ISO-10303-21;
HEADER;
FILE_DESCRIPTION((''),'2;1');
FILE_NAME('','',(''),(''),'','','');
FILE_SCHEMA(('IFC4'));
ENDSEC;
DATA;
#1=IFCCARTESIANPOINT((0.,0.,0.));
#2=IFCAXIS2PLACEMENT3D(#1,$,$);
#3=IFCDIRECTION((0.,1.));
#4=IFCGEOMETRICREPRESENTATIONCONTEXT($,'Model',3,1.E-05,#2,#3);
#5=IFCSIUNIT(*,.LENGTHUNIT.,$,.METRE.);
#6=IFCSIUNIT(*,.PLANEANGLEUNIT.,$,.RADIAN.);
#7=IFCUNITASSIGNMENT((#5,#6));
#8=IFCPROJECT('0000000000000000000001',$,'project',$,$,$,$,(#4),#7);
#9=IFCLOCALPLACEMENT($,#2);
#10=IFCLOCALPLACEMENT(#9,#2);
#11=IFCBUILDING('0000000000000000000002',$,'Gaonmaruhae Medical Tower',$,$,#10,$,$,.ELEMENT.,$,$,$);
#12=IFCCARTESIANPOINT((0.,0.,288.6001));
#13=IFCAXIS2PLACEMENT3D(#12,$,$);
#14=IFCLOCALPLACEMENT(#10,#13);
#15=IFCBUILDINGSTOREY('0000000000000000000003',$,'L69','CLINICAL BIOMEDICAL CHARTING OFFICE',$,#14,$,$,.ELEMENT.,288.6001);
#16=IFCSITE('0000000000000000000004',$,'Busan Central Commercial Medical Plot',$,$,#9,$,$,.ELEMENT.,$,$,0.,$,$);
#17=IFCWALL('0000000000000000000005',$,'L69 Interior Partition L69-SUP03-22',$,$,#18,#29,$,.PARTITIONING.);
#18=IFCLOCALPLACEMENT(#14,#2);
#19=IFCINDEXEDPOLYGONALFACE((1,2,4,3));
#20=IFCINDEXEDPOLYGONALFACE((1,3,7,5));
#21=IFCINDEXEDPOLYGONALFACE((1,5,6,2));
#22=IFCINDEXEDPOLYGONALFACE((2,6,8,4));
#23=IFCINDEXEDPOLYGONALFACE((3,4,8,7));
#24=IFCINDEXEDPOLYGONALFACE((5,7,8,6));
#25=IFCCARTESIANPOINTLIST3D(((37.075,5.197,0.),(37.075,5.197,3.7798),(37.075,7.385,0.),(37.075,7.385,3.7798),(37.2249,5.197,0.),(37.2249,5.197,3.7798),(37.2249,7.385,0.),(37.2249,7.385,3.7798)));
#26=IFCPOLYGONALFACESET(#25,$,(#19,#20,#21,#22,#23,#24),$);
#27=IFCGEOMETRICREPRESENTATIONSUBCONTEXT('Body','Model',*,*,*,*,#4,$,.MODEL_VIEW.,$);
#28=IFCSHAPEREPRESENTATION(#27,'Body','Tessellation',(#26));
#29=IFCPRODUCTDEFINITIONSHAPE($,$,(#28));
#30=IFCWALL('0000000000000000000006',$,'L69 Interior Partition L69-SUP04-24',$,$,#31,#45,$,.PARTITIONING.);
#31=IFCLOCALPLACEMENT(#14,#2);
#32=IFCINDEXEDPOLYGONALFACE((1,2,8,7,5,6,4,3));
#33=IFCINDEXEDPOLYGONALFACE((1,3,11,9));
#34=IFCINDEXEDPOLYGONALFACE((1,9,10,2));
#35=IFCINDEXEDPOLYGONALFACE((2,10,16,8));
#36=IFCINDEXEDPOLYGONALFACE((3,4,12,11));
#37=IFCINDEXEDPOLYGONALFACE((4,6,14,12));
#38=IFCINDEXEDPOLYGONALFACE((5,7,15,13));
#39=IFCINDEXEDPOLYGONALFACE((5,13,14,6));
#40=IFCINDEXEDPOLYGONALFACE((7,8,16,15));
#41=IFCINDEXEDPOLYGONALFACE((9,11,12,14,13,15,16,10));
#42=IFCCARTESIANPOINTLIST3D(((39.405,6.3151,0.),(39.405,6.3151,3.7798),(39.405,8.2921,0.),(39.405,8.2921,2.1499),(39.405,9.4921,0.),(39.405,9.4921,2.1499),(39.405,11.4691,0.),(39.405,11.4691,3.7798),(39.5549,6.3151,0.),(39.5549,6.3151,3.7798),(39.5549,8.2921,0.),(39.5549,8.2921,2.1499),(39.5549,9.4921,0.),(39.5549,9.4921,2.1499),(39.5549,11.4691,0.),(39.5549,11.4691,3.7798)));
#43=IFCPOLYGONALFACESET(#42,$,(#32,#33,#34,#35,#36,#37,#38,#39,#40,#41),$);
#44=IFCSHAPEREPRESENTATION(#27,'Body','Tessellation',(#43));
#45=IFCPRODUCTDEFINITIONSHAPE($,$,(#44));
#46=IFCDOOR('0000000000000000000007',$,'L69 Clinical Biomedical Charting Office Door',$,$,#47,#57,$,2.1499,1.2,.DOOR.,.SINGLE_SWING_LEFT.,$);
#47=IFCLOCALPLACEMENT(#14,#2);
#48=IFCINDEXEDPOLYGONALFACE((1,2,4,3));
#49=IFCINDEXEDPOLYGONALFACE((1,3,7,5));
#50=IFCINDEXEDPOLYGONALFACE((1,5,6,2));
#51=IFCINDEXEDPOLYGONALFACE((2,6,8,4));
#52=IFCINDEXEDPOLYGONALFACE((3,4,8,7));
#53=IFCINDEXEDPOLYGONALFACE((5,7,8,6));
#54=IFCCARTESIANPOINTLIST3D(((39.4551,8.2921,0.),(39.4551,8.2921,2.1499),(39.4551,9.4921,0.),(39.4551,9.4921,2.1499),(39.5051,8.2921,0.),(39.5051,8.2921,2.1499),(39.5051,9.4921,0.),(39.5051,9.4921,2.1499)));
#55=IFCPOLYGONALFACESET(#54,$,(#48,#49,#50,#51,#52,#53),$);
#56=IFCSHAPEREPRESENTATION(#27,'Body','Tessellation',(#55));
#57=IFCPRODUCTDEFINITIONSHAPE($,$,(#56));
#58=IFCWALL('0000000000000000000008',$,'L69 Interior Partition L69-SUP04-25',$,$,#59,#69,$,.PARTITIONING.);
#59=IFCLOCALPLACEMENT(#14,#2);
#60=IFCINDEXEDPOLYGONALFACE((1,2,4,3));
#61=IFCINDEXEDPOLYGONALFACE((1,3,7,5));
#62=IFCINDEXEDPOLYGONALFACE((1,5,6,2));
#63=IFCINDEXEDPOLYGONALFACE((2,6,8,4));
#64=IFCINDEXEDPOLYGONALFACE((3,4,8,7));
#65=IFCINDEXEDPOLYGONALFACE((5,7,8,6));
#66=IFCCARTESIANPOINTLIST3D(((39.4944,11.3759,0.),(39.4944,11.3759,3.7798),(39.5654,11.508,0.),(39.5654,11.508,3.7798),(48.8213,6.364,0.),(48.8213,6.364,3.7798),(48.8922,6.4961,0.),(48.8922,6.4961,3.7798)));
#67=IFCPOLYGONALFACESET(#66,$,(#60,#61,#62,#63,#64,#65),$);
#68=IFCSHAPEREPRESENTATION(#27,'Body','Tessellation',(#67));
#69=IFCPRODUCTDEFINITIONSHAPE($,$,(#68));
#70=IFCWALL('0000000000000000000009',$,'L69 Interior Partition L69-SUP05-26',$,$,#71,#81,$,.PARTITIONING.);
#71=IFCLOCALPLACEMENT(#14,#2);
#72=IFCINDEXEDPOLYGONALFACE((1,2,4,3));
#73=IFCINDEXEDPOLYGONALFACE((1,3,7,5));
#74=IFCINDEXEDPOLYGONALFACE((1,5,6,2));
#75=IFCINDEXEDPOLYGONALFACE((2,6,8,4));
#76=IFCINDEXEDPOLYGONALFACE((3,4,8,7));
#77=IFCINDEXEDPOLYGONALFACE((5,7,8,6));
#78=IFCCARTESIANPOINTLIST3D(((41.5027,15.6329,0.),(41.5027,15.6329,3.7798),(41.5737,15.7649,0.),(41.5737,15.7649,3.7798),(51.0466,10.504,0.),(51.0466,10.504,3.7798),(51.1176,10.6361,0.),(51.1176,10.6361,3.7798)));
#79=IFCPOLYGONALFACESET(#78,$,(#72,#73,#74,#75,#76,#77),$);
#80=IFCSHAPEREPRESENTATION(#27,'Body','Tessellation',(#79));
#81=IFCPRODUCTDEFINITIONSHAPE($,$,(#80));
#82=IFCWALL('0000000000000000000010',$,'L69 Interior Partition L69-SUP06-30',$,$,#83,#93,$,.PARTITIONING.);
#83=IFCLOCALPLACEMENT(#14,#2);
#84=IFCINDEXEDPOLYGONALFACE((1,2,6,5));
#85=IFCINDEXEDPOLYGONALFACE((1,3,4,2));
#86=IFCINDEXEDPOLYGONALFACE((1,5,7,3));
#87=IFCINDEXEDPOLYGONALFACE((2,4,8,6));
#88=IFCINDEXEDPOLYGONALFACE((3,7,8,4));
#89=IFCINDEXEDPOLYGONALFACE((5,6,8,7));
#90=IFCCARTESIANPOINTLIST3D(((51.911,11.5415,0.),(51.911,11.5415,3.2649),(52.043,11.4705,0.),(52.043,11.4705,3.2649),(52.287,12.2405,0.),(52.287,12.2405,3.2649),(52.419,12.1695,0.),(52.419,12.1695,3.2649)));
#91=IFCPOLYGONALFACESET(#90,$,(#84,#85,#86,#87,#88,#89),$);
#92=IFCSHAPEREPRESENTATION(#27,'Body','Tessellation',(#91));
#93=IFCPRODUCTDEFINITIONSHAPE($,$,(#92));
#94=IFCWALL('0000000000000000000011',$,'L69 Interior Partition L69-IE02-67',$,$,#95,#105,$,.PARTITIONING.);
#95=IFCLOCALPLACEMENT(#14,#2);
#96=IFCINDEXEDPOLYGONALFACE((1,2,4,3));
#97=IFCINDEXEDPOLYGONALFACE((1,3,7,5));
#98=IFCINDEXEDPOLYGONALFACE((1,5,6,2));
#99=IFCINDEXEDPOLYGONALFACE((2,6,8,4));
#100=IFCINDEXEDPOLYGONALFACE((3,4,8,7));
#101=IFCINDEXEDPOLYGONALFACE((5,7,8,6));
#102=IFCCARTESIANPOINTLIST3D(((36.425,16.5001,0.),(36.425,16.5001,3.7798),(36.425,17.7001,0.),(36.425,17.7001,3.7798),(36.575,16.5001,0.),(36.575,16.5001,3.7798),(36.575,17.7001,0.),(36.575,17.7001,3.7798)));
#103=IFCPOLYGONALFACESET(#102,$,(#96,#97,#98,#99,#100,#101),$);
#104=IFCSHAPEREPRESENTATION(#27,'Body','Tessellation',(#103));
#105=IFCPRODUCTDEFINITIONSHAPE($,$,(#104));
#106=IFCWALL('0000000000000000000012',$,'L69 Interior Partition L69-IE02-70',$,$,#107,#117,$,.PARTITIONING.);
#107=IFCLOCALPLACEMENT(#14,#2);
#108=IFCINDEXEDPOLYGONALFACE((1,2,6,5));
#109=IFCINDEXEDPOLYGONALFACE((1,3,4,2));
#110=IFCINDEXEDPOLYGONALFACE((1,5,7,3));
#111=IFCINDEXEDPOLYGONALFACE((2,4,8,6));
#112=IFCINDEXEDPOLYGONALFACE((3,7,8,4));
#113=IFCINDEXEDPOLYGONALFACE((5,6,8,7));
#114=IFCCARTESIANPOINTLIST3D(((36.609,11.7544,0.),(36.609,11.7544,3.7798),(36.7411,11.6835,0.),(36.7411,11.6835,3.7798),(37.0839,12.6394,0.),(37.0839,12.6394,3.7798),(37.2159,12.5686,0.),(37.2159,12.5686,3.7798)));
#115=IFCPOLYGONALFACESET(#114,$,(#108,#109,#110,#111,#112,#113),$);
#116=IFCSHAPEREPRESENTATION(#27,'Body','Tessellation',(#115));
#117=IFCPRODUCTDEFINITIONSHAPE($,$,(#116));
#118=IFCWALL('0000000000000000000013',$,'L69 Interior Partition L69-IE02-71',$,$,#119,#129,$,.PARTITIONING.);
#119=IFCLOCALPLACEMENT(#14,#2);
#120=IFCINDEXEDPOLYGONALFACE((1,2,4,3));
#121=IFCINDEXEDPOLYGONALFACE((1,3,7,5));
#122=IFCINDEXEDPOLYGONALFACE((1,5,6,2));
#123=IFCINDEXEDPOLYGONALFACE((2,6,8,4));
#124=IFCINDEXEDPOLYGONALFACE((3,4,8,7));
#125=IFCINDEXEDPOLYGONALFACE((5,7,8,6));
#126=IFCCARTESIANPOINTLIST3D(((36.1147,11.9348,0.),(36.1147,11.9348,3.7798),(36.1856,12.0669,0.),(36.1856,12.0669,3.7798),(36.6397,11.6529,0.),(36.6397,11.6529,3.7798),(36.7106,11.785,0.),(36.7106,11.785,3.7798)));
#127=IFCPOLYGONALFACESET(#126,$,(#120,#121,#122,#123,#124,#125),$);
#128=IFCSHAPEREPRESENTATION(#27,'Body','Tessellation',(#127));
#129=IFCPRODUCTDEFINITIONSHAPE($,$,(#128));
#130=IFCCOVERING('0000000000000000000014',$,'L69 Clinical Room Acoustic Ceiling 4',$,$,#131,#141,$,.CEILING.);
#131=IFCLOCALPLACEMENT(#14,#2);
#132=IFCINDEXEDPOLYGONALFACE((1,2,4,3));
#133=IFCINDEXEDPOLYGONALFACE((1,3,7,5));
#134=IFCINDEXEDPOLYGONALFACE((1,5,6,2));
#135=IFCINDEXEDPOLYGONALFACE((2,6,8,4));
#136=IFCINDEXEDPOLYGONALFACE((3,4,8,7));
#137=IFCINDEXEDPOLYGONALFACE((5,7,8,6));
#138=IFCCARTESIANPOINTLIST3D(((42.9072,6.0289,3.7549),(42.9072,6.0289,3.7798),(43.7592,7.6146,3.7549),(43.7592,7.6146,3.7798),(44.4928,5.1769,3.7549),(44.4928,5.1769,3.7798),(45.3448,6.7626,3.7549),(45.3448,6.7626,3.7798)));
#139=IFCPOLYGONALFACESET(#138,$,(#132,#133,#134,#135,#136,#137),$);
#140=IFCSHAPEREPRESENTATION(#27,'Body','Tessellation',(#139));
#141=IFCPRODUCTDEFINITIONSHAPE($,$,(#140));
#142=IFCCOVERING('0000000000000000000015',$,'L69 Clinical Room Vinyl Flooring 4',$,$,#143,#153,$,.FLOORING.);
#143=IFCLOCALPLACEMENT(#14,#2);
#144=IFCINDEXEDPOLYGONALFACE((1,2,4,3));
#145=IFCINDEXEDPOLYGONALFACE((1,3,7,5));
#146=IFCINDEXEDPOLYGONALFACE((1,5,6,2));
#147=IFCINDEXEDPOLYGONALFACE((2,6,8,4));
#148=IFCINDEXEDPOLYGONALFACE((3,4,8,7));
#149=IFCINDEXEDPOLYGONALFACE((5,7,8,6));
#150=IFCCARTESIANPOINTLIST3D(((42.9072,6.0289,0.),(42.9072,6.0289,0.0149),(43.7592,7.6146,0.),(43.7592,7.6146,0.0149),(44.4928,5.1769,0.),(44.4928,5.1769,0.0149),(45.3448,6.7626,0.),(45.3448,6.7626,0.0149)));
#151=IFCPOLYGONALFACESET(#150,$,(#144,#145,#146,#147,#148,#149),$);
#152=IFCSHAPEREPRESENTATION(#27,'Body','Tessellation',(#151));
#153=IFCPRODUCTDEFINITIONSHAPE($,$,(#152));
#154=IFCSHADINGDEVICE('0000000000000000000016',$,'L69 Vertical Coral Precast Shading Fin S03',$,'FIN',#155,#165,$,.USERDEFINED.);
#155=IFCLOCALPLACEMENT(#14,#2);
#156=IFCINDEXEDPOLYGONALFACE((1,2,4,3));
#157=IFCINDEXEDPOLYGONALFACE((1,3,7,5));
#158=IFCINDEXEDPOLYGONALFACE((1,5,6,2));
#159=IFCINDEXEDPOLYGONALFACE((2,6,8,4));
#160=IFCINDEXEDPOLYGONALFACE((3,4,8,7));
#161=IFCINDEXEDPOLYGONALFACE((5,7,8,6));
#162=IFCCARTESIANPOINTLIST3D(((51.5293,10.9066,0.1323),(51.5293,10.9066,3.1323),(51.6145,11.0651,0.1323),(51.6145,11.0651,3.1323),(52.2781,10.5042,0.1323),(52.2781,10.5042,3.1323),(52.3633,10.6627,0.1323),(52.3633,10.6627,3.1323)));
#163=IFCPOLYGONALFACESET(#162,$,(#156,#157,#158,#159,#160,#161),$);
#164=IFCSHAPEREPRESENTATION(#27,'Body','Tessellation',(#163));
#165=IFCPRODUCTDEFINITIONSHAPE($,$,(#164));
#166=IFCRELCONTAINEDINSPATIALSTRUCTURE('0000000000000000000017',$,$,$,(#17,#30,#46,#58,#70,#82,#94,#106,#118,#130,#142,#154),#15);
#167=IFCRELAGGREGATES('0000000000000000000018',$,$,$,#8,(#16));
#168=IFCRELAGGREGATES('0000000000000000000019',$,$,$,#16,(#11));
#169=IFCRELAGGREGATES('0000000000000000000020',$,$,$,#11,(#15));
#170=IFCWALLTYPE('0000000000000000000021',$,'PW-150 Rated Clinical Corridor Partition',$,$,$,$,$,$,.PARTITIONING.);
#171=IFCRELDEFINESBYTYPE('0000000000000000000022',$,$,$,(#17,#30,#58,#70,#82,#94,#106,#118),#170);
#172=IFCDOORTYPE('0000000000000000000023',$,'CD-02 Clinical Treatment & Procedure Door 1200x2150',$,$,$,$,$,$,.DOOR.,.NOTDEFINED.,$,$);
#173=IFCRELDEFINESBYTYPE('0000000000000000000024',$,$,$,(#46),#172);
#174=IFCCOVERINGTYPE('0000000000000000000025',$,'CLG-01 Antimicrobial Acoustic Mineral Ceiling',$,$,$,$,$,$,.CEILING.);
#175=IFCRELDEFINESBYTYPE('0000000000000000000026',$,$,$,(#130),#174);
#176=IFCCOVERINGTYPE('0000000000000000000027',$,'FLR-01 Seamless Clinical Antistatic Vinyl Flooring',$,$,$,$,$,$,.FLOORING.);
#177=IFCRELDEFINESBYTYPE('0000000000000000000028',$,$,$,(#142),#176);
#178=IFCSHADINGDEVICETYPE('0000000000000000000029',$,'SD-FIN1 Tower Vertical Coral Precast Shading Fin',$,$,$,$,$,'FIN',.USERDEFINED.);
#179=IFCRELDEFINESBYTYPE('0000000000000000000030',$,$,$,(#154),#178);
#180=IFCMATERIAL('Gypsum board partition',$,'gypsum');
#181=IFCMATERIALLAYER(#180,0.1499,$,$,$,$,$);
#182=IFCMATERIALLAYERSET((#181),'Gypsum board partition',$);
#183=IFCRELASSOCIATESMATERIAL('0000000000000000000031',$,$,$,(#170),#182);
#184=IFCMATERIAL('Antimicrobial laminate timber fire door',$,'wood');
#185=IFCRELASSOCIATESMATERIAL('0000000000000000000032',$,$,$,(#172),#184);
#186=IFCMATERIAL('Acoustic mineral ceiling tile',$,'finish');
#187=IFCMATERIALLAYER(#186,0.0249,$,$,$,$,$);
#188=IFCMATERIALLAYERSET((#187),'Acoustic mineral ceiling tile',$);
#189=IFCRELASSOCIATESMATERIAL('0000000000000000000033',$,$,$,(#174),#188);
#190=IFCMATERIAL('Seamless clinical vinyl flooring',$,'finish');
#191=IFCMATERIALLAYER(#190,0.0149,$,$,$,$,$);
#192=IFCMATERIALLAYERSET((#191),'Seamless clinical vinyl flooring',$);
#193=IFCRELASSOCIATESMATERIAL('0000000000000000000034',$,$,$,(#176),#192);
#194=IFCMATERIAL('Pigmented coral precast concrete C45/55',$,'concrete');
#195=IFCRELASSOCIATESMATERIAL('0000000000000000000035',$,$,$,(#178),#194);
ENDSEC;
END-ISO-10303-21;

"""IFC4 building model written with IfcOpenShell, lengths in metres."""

from ifc_helpers import new_model, si_unit, direction, frame, frame_2d, origin, origin_2d, place, context, subcontext, project, spatial, rectangle, extrude, material, layer, layer_set, type_object, element, fill, save


model = new_model("IFC4")

# Units and contexts
model_context = context("Model", 3, precision=1e-05, world=origin(), true_north=direction((0.0, 1.0)))
body_context = subcontext(model_context, "Body", "Model", "MODEL_VIEW")
ifc_project = project(units=[si_unit("LENGTHUNIT", "METRE"), si_unit("PLANEANGLEUNIT", "RADIAN")], contexts=[model_context])

# Site, building, storey
site_placement = place(None, origin())
site = spatial("IfcSite", under=ifc_project, at=site_placement, Name="Busan Central Commercial Medical Plot", CompositionType="ELEMENT", RefElevation=0.0)
building_placement = place(site_placement, origin())
building = spatial("IfcBuilding", under=site, at=building_placement, Name="Gaonmaruhae Medical Tower", CompositionType="ELEMENT")
storey_placement = place(building_placement, frame((0.0, 0.0, 288.6001)))
storey = spatial("IfcBuildingStorey", under=building, at=storey_placement, Name="L69", Description="CLINICAL BIOMEDICAL CHARTING OFFICE", CompositionType="ELEMENT", Elevation=288.6001)

# Wall
ifc_material_1 = material(Name="Gypsum board partition", Category="gypsum")
ifc_layer_1 = layer(ifc_material_1, 0.1499)
ifc_layer_set_1 = layer_set([ifc_layer_1], Name="Gypsum board partition")
wall_type_1 = type_object("IfcWallType", Name="PW-150 Rated Clinical Corridor Partition", PredefinedType="PARTITIONING", material=ifc_layer_set_1)
wall_1_placement = place(storey_placement, frame((37.1499, 7.385, 0.0), z_axis=(0.0, 0.0, 1.0), x_axis=(0.0, -1.0, 0.0)))
element("IfcWall", 1, at=wall_1_placement, inside=storey, type_object=wall_type_1, Name="L69 Interior Partition L69-SUP03-22", PredefinedType="PARTITIONING", context=body_context, shape_type="SweptSolid", body=[
    extrude(rectangle(XDim=2.188, YDim=0.1499, at=frame_2d((1.094, 0.0))), origin(), (0.0, 0.0, 1.0), 3.7798),
])

# Wall, opening, door
wall_2_placement = place(storey_placement, frame((39.48, 6.3149, 0.0), z_axis=(0.0, 0.0, 1.0), x_axis=(0.0, 1.0, 0.0)))
wall_2 = element("IfcWall", 2, at=wall_2_placement, inside=storey, type_object=wall_type_1, Name="L69 Interior Partition L69-SUP04-24", PredefinedType="PARTITIONING", context=body_context, shape_type="SweptSolid", body=[
    extrude(rectangle(XDim=5.1541, YDim=0.1499, at=frame_2d((2.5771, 0.0))), origin(), (0.0, 0.0, 1.0), 3.7798),
])
opening_1_placement = place(wall_2_placement, frame((1.9771, 0.0, 0.0)))
opening_1 = element("IfcOpeningElement", 3, at=opening_1_placement, cuts=wall_2, PredefinedType="OPENING", context=body_context, shape_type="SweptSolid", body=[
    extrude(rectangle(XDim=1.2, YDim=2.1499, at=frame_2d((0.6001, 1.075))), frame((0.0, 0.085, 0.0), z_axis=(0.0, -1.0, 0.0), x_axis=(1.0, 0.0, 0.0)), (0.0, 0.0, 1.0), 0.1699),
])
ifc_material_2 = material(Name="Antimicrobial laminate timber fire door", Category="wood")
door_type = type_object("IfcDoorType", Name="CD-02 Clinical Treatment & Procedure Door 1200x2150", OperationType="NOTDEFINED", PredefinedType="DOOR", material=ifc_material_2)
door_1_placement = place(opening_1_placement, origin())
door_1 = element("IfcDoor", 4, at=door_1_placement, inside=storey, type_object=door_type, Name="L69 Clinical Biomedical Charting Office Door", OperationType="SINGLE_SWING_LEFT", OverallHeight=2.1499, OverallWidth=1.2, PredefinedType="DOOR", context=body_context, shape_type="SweptSolid", body=[
    extrude(rectangle(XDim=1.2, YDim=2.1499, at=frame_2d((0.6001, 1.075))), frame((0.0, 0.0249, 0.0), z_axis=(0.0, -1.0, 0.0), x_axis=(1.0, 0.0, 0.0)), (0.0, 0.0, 1.0), 0.05),
])
fill(opening_1, door_1)

# Walls
wall_3_placement = place(storey_placement, frame((39.53, 11.4419, 0.0), z_axis=(0.0, 0.0, 1.0), x_axis=(0.880874, -0.473352, 0.0)))
element("IfcWall", 5, at=wall_3_placement, inside=storey, type_object=wall_type_1, Name="L69 Interior Partition L69-SUP04-25", PredefinedType="PARTITIONING", context=body_context, shape_type="SweptSolid", body=[
    extrude(rectangle(XDim=10.5881, YDim=0.1499, at=frame_2d((5.2939, 0.0))), origin(), (0.0, 0.0, 1.0), 3.7798),
])
wall_4_placement = place(storey_placement, frame((41.5381, 15.699, 0.0), z_axis=(0.0, 0.0, 1.0), x_axis=(0.880862, -0.473374, 0.0)))
element("IfcWall", 6, at=wall_4_placement, inside=storey, type_object=wall_type_1, Name="L69 Interior Partition L69-SUP05-26", PredefinedType="PARTITIONING", context=body_context, shape_type="SweptSolid", body=[
    extrude(rectangle(XDim=10.8347, YDim=0.1499, at=frame_2d((5.4175, 0.0))), origin(), (0.0, 0.0, 1.0), 3.7798),
])

# Walls
wall_5_placement = place(storey_placement, frame((52.353, 12.2051, 0.0), z_axis=(0.0, 0.0, 1.0), x_axis=(-0.473715, -0.880678, 0.0)))
element("IfcWall", 7, at=wall_5_placement, inside=storey, type_object=wall_type_1, Name="L69 Interior Partition L69-SUP06-30", PredefinedType="PARTITIONING", context=body_context, shape_type="SweptSolid", body=[
    extrude(rectangle(XDim=0.7937, YDim=0.1499, at=frame_2d((0.397, 0.0))), origin(), (0.0, 0.0, 1.0), 3.2649),
])
wall_6_placement = place(storey_placement, frame((36.5, 16.5, 0.0), z_axis=(0.0, 0.0, 1.0), x_axis=(0.0, 1.0, 0.0)))
element("IfcWall", 8, at=wall_6_placement, inside=storey, type_object=wall_type_1, Name="L69 Interior Partition L69-IE02-67", PredefinedType="PARTITIONING", context=body_context, shape_type="SweptSolid", body=[
    extrude(rectangle(XDim=1.2, YDim=0.1499, at=frame_2d((0.6001, 0.0))), origin(), (0.0, 0.0, 1.0), 3.7798),
])
wall_7_placement = place(storey_placement, frame((37.1499, 12.604, 0.0), z_axis=(0.0, 0.0, 1.0), x_axis=(-0.472795, -0.881173, 0.0)))
element("IfcWall", 9, at=wall_7_placement, inside=storey, type_object=wall_type_1, Name="L69 Interior Partition L69-IE02-70", PredefinedType="PARTITIONING", context=body_context, shape_type="SweptSolid", body=[
    extrude(rectangle(XDim=1.0044, YDim=0.1499, at=frame_2d((0.5022, 0.0))), origin(), (0.0, 0.0, 1.0), 3.7798),
])
wall_8_placement = place(storey_placement, frame((36.675, 11.719, 0.0), z_axis=(0.0, 0.0, 1.0), x_axis=(-0.881023, 0.473074, 0.0)))
element("IfcWall", 10, at=wall_8_placement, inside=storey, type_object=wall_type_1, Name="L69 Interior Partition L69-IE02-71", PredefinedType="PARTITIONING", context=body_context, shape_type="SweptSolid", body=[
    extrude(rectangle(XDim=0.5959, YDim=0.1499, at=frame_2d((0.2979, 0.0))), origin(), (0.0, 0.0, 1.0), 3.7798),
])

# Coverings
ifc_material_3 = material(Name="Acoustic mineral ceiling tile", Category="finish")
ifc_layer_2 = layer(ifc_material_3, 0.0249)
ifc_layer_set_2 = layer_set([ifc_layer_2], Name="Acoustic mineral ceiling tile")
covering_type_1 = type_object("IfcCoveringType", Name="CLG-01 Antimicrobial Acoustic Mineral Ceiling", PredefinedType="CEILING", material=ifc_layer_set_2)
covering_1_placement = place(storey_placement, frame((44.126, 6.3958, 3.7549), z_axis=(0.0, 0.0, 1.0), x_axis=(0.47332, 0.880891, 0.0)))
element("IfcCovering", 11, at=covering_1_placement, inside=storey, type_object=covering_type_1, Name="L69 Clinical Room Acoustic Ceiling 4", PredefinedType="CEILING", context=body_context, shape_type="SweptSolid", body=[
    extrude(rectangle(XDim=1.8, YDim=1.8, at=origin_2d()), origin(), (0.0, 0.0, 1.0), 0.0249),
])
ifc_material_4 = material(Name="Seamless clinical vinyl flooring", Category="finish")
ifc_layer_3 = layer(ifc_material_4, 0.0149)
ifc_layer_set_3 = layer_set([ifc_layer_3], Name="Seamless clinical vinyl flooring")
covering_type_2 = type_object("IfcCoveringType", Name="FLR-01 Seamless Clinical Antistatic Vinyl Flooring", PredefinedType="FLOORING", material=ifc_layer_set_3)
covering_2_placement = place(storey_placement, frame((44.126, 6.3958, 0.0), z_axis=(0.0, 0.0, 1.0), x_axis=(0.47332, 0.880891, 0.0)))
element("IfcCovering", 12, at=covering_2_placement, inside=storey, type_object=covering_type_2, Name="L69 Clinical Room Vinyl Flooring 4", PredefinedType="FLOORING", context=body_context, shape_type="SweptSolid", body=[
    extrude(rectangle(XDim=1.8, YDim=1.8, at=origin_2d()), origin(), (0.0, 0.0, 1.0), 0.0149),
])

# Shading device
ifc_material_5 = material(Name="Pigmented coral precast concrete C45/55", Category="concrete")
shading_device_type = type_object("IfcShadingDeviceType", Name="SD-FIN1 Tower Vertical Coral Precast Shading Fin", ElementType="FIN", PredefinedType="USERDEFINED", material=ifc_material_5)
shading_device_placement = place(storey_placement, frame((51.9463, 10.7847, 0.1323), z_axis=(0.0, 0.0, 1.0), x_axis=(-0.47332, -0.880891, 0.0)))
element("IfcShadingDevice", 13, at=shading_device_placement, inside=storey, type_object=shading_device_type, Name="L69 Vertical Coral Precast Shading Fin S03", ObjectType="FIN", PredefinedType="USERDEFINED", context=body_context, shape_type="SweptSolid", body=[
    extrude(rectangle(XDim=0.1799, YDim=0.8501, at=origin_2d()), origin(), (0.0, 0.0, 1.0), 3.0),
])

save(model, "model.ifc")
